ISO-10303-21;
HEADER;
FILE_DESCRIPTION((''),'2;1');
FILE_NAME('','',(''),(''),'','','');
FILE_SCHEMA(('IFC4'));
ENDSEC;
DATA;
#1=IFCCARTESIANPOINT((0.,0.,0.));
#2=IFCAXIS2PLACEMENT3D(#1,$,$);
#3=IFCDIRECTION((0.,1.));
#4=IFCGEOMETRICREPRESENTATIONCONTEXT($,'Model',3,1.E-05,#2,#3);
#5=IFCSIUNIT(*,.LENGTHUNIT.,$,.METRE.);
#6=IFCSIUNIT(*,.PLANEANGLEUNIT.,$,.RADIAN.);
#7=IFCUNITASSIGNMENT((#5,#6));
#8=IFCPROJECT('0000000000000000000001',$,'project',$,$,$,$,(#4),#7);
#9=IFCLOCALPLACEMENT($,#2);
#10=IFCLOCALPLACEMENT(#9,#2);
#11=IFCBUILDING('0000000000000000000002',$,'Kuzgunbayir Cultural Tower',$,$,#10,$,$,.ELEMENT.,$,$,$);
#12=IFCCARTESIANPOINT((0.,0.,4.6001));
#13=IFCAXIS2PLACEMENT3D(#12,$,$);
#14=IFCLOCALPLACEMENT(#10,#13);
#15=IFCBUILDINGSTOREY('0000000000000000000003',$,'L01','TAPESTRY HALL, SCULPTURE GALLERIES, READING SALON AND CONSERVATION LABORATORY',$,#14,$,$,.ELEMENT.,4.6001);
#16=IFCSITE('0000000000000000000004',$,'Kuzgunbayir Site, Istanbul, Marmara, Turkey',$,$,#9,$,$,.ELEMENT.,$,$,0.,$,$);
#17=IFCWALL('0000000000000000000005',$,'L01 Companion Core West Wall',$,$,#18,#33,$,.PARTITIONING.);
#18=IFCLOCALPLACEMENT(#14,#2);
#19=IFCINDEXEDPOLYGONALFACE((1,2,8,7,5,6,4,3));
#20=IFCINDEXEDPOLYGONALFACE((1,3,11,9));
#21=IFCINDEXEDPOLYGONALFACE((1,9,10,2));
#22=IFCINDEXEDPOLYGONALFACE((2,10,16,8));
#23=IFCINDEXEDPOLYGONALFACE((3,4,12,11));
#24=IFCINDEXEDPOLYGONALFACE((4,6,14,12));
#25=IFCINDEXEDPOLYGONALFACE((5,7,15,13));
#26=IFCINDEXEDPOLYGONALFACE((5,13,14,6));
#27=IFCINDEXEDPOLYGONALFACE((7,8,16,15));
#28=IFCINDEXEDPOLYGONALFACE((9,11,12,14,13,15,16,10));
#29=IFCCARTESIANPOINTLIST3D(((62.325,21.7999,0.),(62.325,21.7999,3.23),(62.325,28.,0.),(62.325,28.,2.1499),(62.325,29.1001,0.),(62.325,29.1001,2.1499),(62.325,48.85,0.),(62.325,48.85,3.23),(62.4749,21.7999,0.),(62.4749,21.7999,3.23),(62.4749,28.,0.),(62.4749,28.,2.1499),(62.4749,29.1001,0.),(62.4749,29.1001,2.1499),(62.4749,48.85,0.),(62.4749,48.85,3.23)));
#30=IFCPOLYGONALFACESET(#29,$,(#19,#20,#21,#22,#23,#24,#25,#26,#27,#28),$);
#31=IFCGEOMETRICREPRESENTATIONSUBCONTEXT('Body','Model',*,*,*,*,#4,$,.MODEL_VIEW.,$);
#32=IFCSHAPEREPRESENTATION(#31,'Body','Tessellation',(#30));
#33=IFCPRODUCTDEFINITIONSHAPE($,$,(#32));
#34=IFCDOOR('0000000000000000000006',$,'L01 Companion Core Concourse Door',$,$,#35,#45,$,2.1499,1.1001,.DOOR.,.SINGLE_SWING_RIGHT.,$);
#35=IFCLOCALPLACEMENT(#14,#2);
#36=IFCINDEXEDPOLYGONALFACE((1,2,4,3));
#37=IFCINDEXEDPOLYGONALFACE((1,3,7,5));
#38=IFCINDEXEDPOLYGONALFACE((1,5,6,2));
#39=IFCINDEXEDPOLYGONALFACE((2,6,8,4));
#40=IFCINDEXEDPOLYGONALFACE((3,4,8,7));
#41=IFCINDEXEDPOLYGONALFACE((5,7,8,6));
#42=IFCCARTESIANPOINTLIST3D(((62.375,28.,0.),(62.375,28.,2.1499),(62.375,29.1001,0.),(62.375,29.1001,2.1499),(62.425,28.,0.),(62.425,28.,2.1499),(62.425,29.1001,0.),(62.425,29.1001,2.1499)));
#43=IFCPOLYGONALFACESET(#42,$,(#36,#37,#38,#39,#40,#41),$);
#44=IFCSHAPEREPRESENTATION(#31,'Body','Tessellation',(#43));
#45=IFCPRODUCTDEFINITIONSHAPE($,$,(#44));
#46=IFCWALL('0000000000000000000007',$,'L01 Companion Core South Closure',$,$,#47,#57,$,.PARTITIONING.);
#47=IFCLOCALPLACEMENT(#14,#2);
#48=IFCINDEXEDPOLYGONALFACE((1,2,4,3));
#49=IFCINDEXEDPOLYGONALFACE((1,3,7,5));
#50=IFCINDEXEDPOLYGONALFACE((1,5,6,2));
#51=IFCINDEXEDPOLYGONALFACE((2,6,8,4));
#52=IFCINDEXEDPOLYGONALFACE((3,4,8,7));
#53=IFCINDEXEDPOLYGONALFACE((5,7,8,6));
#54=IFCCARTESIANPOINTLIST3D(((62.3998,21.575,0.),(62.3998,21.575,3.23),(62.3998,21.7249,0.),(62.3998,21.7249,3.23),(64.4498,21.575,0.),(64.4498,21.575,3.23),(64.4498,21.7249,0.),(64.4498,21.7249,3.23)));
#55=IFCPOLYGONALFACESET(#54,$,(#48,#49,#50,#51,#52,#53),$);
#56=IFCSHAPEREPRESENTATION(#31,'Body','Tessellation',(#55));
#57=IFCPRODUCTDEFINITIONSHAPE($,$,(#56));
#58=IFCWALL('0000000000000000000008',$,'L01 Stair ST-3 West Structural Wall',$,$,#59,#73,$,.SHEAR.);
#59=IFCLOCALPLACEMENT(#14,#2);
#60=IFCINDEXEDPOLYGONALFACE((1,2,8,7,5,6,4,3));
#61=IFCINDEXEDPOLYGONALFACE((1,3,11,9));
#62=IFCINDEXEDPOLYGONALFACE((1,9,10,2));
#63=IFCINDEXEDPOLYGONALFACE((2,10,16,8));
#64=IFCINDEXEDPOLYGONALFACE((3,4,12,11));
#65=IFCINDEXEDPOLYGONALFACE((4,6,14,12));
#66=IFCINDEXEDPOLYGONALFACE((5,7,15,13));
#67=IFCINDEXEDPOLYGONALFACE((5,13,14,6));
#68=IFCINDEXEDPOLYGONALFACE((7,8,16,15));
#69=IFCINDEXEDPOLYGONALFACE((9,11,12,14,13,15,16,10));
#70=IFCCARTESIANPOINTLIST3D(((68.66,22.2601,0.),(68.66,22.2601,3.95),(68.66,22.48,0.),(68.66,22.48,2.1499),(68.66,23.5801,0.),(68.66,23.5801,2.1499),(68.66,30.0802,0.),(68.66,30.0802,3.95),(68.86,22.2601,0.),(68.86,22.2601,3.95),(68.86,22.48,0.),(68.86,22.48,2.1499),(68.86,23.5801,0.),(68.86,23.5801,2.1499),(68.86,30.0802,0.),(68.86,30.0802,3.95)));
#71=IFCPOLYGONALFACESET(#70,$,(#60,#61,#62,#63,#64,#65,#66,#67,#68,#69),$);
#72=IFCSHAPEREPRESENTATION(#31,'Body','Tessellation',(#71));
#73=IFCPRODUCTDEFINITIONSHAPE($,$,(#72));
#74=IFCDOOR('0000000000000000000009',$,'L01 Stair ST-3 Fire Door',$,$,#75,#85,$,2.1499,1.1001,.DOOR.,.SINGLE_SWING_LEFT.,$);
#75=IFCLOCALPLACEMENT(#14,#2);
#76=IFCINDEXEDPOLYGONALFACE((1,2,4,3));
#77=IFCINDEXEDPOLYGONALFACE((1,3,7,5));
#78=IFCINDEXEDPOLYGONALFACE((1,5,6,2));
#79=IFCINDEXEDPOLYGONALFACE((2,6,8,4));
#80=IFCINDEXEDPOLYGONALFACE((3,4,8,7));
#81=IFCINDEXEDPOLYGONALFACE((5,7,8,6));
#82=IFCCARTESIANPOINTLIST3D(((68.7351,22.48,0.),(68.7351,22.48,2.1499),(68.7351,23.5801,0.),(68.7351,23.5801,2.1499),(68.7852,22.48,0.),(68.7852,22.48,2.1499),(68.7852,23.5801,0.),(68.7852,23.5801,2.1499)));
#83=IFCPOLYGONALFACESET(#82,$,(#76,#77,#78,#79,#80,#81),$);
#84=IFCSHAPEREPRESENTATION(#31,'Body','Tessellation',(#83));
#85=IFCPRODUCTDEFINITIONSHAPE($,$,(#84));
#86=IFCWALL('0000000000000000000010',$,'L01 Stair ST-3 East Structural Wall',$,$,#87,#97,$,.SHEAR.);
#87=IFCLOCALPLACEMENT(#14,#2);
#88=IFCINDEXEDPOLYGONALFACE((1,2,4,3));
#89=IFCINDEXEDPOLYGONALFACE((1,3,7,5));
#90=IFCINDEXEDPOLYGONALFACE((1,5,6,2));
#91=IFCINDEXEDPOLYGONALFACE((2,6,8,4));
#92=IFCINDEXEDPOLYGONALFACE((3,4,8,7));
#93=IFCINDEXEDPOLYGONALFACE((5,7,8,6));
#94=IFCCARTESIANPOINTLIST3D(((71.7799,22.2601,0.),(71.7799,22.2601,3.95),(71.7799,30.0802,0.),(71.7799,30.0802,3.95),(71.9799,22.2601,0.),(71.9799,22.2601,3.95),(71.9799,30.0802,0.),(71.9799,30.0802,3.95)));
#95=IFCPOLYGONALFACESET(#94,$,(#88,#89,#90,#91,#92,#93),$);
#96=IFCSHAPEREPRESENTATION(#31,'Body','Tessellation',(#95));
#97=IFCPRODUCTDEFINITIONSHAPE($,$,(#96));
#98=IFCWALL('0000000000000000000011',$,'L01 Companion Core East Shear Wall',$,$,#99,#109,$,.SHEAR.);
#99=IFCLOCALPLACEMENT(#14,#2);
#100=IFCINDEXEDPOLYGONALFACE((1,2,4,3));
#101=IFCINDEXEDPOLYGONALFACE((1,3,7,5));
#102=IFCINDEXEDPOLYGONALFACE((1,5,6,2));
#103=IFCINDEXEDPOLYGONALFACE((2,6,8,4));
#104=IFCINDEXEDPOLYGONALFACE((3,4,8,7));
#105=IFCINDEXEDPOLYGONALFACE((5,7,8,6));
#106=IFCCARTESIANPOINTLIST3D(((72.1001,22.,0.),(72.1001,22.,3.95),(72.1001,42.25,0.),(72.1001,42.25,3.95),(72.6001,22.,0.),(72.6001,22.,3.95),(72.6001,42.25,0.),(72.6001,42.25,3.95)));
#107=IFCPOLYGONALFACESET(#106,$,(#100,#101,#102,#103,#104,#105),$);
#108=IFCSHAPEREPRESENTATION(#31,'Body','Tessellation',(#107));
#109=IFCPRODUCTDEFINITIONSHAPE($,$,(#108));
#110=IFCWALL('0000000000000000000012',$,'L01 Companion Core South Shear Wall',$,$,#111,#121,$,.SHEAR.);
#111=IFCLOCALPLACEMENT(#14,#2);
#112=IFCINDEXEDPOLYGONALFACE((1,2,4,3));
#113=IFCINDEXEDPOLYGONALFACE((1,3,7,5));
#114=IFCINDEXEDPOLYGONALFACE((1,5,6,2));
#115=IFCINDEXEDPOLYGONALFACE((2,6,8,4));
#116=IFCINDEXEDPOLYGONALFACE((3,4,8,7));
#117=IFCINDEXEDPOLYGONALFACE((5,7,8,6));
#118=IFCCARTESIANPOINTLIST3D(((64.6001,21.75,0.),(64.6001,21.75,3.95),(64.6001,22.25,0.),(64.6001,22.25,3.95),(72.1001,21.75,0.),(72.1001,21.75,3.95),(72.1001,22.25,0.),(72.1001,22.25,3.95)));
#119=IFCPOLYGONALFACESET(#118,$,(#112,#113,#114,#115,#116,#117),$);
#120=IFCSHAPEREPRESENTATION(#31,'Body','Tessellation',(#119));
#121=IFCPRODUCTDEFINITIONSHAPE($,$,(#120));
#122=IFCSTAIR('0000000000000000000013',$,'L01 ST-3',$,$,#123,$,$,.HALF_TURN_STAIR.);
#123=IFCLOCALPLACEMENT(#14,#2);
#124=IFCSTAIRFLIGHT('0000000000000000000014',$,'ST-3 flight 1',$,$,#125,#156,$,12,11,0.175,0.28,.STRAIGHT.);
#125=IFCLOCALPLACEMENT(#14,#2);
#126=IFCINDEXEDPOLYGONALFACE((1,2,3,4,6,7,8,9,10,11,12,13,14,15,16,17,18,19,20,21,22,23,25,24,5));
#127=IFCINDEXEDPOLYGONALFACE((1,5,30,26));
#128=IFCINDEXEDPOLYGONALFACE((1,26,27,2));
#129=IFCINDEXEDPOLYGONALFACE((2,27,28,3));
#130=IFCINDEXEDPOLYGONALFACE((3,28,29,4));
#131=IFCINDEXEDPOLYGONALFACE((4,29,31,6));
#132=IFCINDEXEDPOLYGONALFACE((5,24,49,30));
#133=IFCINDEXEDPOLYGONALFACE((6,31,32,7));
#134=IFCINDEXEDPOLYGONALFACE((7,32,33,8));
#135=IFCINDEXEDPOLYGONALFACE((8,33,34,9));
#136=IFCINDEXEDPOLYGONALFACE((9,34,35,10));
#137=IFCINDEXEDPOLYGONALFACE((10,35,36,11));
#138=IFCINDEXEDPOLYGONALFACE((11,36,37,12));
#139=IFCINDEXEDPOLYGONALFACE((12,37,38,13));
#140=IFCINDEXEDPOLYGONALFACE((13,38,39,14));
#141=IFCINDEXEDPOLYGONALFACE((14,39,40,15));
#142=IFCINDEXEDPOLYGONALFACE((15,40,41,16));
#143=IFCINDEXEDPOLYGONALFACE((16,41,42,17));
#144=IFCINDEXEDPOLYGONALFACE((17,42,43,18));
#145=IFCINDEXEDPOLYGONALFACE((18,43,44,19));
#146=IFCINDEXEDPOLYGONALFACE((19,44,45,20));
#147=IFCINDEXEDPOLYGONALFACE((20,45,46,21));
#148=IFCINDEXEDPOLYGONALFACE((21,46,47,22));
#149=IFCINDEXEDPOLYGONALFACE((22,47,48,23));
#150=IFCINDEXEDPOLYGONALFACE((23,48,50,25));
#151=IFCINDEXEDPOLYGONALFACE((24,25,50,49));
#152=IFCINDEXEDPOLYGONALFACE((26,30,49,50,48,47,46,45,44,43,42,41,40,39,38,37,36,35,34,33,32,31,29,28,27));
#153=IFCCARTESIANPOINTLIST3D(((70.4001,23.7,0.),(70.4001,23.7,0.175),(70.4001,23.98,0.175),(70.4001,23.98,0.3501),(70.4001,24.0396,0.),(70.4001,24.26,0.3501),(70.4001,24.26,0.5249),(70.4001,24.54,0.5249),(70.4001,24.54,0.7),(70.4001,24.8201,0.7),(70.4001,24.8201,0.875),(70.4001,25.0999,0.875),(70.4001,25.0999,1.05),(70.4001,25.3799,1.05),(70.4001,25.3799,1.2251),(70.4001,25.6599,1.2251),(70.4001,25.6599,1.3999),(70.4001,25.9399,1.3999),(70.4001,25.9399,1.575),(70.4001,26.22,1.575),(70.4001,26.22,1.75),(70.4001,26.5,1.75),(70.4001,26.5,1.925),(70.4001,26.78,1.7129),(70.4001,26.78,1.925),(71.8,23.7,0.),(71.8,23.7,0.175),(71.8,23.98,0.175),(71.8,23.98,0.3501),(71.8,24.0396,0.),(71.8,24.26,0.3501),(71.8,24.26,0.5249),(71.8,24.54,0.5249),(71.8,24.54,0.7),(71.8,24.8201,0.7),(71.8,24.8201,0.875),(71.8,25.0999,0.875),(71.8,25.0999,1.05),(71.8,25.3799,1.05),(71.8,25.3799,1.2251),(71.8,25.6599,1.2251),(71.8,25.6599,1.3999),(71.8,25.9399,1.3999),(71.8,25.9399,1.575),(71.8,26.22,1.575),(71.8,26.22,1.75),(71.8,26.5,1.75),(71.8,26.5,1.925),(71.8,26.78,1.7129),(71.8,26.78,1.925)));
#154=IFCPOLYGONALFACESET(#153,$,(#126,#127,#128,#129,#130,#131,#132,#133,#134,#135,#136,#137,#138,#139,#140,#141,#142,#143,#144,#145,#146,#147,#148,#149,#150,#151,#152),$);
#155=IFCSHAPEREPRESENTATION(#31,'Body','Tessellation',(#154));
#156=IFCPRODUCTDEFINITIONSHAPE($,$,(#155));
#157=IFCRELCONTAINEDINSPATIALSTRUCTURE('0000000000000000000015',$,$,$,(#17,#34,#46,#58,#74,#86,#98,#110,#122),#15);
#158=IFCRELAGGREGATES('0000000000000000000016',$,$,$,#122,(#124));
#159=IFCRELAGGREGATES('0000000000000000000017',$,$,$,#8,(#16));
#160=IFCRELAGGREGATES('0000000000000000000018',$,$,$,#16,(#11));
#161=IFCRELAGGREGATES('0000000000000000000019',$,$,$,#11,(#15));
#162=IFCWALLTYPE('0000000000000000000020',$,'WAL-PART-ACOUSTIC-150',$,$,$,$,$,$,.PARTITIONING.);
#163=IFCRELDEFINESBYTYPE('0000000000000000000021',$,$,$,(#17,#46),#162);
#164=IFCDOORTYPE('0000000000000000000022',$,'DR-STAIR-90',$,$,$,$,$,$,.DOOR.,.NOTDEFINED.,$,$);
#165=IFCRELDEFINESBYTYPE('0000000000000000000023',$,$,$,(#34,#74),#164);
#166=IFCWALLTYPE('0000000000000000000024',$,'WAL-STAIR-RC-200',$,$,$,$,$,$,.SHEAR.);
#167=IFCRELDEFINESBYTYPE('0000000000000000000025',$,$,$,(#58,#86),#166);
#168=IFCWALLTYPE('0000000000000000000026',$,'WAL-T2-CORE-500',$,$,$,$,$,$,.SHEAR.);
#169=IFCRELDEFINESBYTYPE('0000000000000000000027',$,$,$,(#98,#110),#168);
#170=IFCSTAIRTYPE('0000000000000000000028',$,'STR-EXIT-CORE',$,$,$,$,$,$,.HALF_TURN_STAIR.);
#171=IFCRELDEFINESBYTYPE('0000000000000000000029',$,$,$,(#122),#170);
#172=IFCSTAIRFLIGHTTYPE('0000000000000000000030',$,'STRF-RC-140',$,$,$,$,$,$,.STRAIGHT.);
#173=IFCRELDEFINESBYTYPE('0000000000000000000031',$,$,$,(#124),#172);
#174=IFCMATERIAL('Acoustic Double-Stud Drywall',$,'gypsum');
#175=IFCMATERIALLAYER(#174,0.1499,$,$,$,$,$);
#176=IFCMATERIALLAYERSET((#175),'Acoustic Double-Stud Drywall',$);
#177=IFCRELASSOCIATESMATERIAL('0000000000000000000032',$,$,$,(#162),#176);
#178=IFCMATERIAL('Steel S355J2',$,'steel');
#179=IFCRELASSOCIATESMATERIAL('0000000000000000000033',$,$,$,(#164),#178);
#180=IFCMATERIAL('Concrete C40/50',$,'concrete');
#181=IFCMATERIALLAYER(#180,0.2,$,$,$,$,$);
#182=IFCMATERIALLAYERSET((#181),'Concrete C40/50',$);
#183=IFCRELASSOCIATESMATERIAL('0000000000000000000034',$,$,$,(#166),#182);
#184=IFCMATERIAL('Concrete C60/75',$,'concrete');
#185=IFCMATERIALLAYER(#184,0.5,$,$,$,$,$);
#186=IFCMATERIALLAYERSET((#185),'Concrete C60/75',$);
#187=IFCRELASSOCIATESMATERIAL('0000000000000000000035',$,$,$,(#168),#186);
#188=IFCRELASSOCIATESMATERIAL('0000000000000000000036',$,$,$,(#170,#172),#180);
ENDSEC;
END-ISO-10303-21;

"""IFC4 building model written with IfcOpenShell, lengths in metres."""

from ifc_helpers import new_model, si_unit, direction, frame, frame_2d, origin, place, context, subcontext, project, spatial, polyline, rectangle, outline, extrude, material, layer, layer_set, type_object, element, fill, aggregate, save


model = new_model("IFC4")

# Units and contexts
model_context = context("Model", 3, precision=1e-05, world=origin(), true_north=direction((0.0, 1.0)))
body_context = subcontext(model_context, "Body", "Model", "MODEL_VIEW")
ifc_project = project(units=[si_unit("LENGTHUNIT", "METRE"), si_unit("PLANEANGLEUNIT", "RADIAN")], contexts=[model_context])

# Site, building, storey
site_placement = place(None, origin())
site = spatial("IfcSite", under=ifc_project, at=site_placement, Name="Kuzgunbayir Site, Istanbul, Marmara, Turkey", CompositionType="ELEMENT", RefElevation=0.0)
building_placement = place(site_placement, origin())
building = spatial("IfcBuilding", under=site, at=building_placement, Name="Kuzgunbayir Cultural Tower", CompositionType="ELEMENT")
storey_placement = place(building_placement, frame((0.0, 0.0, 4.6001)))
storey = spatial("IfcBuildingStorey", under=building, at=storey_placement, Name="L01", Description="TAPESTRY HALL, SCULPTURE GALLERIES, READING SALON AND CONSERVATION LABORATORY", CompositionType="ELEMENT", Elevation=4.6001)

# Shared definitions
ifc_material_1 = material(Name="Concrete C60/75", Category="concrete")

# Shared definitions
ifc_material_2 = material(Name="Steel S355J2", Category="steel")

# Wall, opening, door
ifc_material_3 = material(Name="Acoustic Double-Stud Drywall", Category="gypsum")
ifc_layer_1 = layer(ifc_material_3, 0.1499)
ifc_layer_set_1 = layer_set([ifc_layer_1], Name="Acoustic Double-Stud Drywall")
wall_type_1 = type_object("IfcWallType", Name="WAL-PART-ACOUSTIC-150", PredefinedType="PARTITIONING", material=ifc_layer_set_1)
wall_1_placement = place(storey_placement, frame((62.3999, 21.8, 0.0), z_axis=(0.0, 0.0, 1.0), x_axis=(0.0, 1.0, 0.0)))
wall_1 = element("IfcWall", 1, at=wall_1_placement, inside=storey, type_object=wall_type_1, Name="L01 Companion Core West Wall", PredefinedType="PARTITIONING", context=body_context, shape_type="SweptSolid", body=[
    extrude(rectangle(XDim=27.05, YDim=0.1499, at=frame_2d((13.5249, 0.0))), origin(), (0.0, 0.0, 1.0), 3.23),
])
opening_1_placement = place(wall_1_placement, frame((6.2, 0.0, 0.0)))
opening_1 = element("IfcOpeningElement", 2, at=opening_1_placement, cuts=wall_1, PredefinedType="OPENING", context=body_context, shape_type="SweptSolid", body=[
    extrude(rectangle(XDim=1.1001, YDim=2.1499, at=frame_2d((0.55, 1.075))), frame((0.0, 0.085, 0.0), z_axis=(0.0, -1.0, 0.0), x_axis=(1.0, 0.0, 0.0)), (0.0, 0.0, 1.0), 0.1699),
])
door_type = type_object("IfcDoorType", Name="DR-STAIR-90", OperationType="NOTDEFINED", PredefinedType="DOOR", material=ifc_material_2)
door_1_placement = place(opening_1_placement, origin())
door_1 = element("IfcDoor", 3, at=door_1_placement, inside=storey, type_object=door_type, Name="L01 Companion Core Concourse Door", OperationType="SINGLE_SWING_RIGHT", OverallHeight=2.1499, OverallWidth=1.1001, PredefinedType="DOOR", context=body_context, shape_type="SweptSolid", body=[
    extrude(rectangle(XDim=1.1001, YDim=2.1499, at=frame_2d((0.55, 1.075))), frame((0.0, 0.0249, 0.0), z_axis=(0.0, -1.0, 0.0), x_axis=(1.0, 0.0, 0.0)), (0.0, 0.0, 1.0), 0.05),
])
fill(opening_1, door_1)

# Wall
wall_2_placement = place(storey_placement, frame((62.3999, 21.6499, 0.0), z_axis=(0.0, 0.0, 1.0), x_axis=(1.0, 0.0, 0.0)))
element("IfcWall", 4, at=wall_2_placement, inside=storey, type_object=wall_type_1, Name="L01 Companion Core South Closure", PredefinedType="PARTITIONING", context=body_context, shape_type="SweptSolid", body=[
    extrude(rectangle(XDim=2.05, YDim=0.1499, at=frame_2d((1.0249, 0.0))), origin(), (0.0, 0.0, 1.0), 3.23),
])

# Wall, opening, door
ifc_material_4 = material(Name="Concrete C40/50", Category="concrete")
ifc_layer_2 = layer(ifc_material_4, 0.2)
ifc_layer_set_2 = layer_set([ifc_layer_2], Name="Concrete C40/50")
wall_type_2 = type_object("IfcWallType", Name="WAL-STAIR-RC-200", PredefinedType="SHEAR", material=ifc_layer_set_2)
wall_3_placement = place(storey_placement, frame((68.76, 22.26, 0.0), z_axis=(0.0, 0.0, 1.0), x_axis=(0.0, 1.0, 0.0)))
wall_3 = element("IfcWall", 5, at=wall_3_placement, inside=storey, type_object=wall_type_2, Name="L01 Stair ST-3 West Structural Wall", PredefinedType="SHEAR", context=body_context, shape_type="SweptSolid", body=[
    extrude(rectangle(XDim=7.8201, YDim=0.2, at=frame_2d((3.9102, 0.0))), origin(), (0.0, 0.0, 1.0), 3.95),
])
opening_2_placement = place(wall_3_placement, frame((0.22, 0.0, 0.0)))
opening_2 = element("IfcOpeningElement", 6, at=opening_2_placement, cuts=wall_3, PredefinedType="OPENING", context=body_context, shape_type="SweptSolid", body=[
    extrude(rectangle(XDim=1.1001, YDim=2.1499, at=frame_2d((0.55, 1.075))), frame((0.0, 0.1099, 0.0), z_axis=(0.0, -1.0, 0.0), x_axis=(1.0, 0.0, 0.0)), (0.0, 0.0, 1.0), 0.22),
])
door_2_placement = place(opening_2_placement, origin())
door_2 = element("IfcDoor", 7, at=door_2_placement, inside=storey, type_object=door_type, Name="L01 Stair ST-3 Fire Door", OperationType="SINGLE_SWING_LEFT", OverallHeight=2.1499, OverallWidth=1.1001, PredefinedType="DOOR", context=body_context, shape_type="SweptSolid", body=[
    extrude(rectangle(XDim=1.1001, YDim=2.1499, at=frame_2d((0.55, 1.075))), frame((0.0, 0.0249, 0.0), z_axis=(0.0, -1.0, 0.0), x_axis=(1.0, 0.0, 0.0)), (0.0, 0.0, 1.0), 0.05),
])
fill(opening_2, door_2)

# Walls
wall_4_placement = place(storey_placement, frame((71.8799, 22.26, 0.0), z_axis=(0.0, 0.0, 1.0), x_axis=(0.0, 1.0, 0.0)))
element("IfcWall", 8, at=wall_4_placement, inside=storey, type_object=wall_type_2, Name="L01 Stair ST-3 East Structural Wall", PredefinedType="SHEAR", context=body_context, shape_type="SweptSolid", body=[
    extrude(rectangle(XDim=7.8201, YDim=0.2, at=frame_2d((3.9102, 0.0))), origin(), (0.0, 0.0, 1.0), 3.95),
])
ifc_layer_3 = layer(ifc_material_1, 0.5)
ifc_layer_set_3 = layer_set([ifc_layer_3], Name="Concrete C60/75")
wall_type_3 = type_object("IfcWallType", Name="WAL-T2-CORE-500", PredefinedType="SHEAR", material=ifc_layer_set_3)
wall_5_placement = place(storey_placement, frame((72.3501, 22.0, 0.0), z_axis=(0.0, 0.0, 1.0), x_axis=(0.0, 1.0, 0.0)))
element("IfcWall", 9, at=wall_5_placement, inside=storey, type_object=wall_type_3, Name="L01 Companion Core East Shear Wall", PredefinedType="SHEAR", context=body_context, shape_type="SweptSolid", body=[
    extrude(rectangle(XDim=20.25, YDim=0.5, at=frame_2d((10.125, 0.0))), origin(), (0.0, 0.0, 1.0), 3.95),
])
wall_6_placement = place(storey_placement, frame((64.6001, 22.0, 0.0), z_axis=(0.0, 0.0, 1.0), x_axis=(1.0, 0.0, 0.0)))
element("IfcWall", 10, at=wall_6_placement, inside=storey, type_object=wall_type_3, Name="L01 Companion Core South Shear Wall", PredefinedType="SHEAR", context=body_context, shape_type="SweptSolid", body=[
    extrude(rectangle(XDim=7.5, YDim=0.5, at=frame_2d((3.75, 0.0))), origin(), (0.0, 0.0, 1.0), 3.95),
])

# Stair, stair flight
stair_type = type_object("IfcStairType", Name="STR-EXIT-CORE", PredefinedType="HALF_TURN_STAIR", material=ifc_material_4)
stair_placement = place(storey_placement, origin())
stair = element("IfcStair", 11, at=stair_placement, inside=storey, type_object=stair_type, Name="L01 ST-3", PredefinedType="HALF_TURN_STAIR")
stair_flight_type = type_object("IfcStairFlightType", Name="STRF-RC-140", PredefinedType="STRAIGHT", material=ifc_material_4)
stair_flight_1_placement = place(storey_placement, frame((71.1001, 23.7, 0.0), z_axis=(0.0, 0.0, 1.0), x_axis=(0.0, 1.0, 0.0)))
stair_flight_1 = element("IfcStairFlight", 12, at=stair_flight_1_placement, type_object=stair_flight_type, Name="ST-3 flight 1", NumberOfRisers=12, NumberOfTreads=11, PredefinedType="STRAIGHT", RiserHeight=0.175, TreadLength=0.28, context=body_context, shape_type="SweptSolid", body=[
    extrude(outline(polyline([(0.0, 0.0), (0.0, 0.175), (0.28, 0.175), (0.28, 0.3501), (0.5601, 0.3501), (0.5601, 0.5249), (0.8401, 0.5249), (0.8401, 0.7), (1.1201, 0.7), (1.1201, 0.875), (1.3999, 0.875), (1.3999, 1.05), (1.6799, 1.05), (1.6799, 1.2251), (1.96, 1.2251), (1.96, 1.3999), (2.24, 1.3999), (2.24, 1.575), (2.52, 1.575), (2.52, 1.75), (2.8, 1.75), (2.8, 1.925), (3.0801, 1.925), (3.0801, 2.1001), (3.0801, 1.7129), (0.3396, 0.0), (0.0, 0.0)])), frame((0.0, 0.7, 0.0), z_axis=(0.0, -1.0, 0.0), x_axis=(1.0, 0.0, 0.0)), (0.0, 0.0, 1.0), 1.3999),
])
aggregate(stair, [stair_flight_1])

save(model, "model.ifc")
